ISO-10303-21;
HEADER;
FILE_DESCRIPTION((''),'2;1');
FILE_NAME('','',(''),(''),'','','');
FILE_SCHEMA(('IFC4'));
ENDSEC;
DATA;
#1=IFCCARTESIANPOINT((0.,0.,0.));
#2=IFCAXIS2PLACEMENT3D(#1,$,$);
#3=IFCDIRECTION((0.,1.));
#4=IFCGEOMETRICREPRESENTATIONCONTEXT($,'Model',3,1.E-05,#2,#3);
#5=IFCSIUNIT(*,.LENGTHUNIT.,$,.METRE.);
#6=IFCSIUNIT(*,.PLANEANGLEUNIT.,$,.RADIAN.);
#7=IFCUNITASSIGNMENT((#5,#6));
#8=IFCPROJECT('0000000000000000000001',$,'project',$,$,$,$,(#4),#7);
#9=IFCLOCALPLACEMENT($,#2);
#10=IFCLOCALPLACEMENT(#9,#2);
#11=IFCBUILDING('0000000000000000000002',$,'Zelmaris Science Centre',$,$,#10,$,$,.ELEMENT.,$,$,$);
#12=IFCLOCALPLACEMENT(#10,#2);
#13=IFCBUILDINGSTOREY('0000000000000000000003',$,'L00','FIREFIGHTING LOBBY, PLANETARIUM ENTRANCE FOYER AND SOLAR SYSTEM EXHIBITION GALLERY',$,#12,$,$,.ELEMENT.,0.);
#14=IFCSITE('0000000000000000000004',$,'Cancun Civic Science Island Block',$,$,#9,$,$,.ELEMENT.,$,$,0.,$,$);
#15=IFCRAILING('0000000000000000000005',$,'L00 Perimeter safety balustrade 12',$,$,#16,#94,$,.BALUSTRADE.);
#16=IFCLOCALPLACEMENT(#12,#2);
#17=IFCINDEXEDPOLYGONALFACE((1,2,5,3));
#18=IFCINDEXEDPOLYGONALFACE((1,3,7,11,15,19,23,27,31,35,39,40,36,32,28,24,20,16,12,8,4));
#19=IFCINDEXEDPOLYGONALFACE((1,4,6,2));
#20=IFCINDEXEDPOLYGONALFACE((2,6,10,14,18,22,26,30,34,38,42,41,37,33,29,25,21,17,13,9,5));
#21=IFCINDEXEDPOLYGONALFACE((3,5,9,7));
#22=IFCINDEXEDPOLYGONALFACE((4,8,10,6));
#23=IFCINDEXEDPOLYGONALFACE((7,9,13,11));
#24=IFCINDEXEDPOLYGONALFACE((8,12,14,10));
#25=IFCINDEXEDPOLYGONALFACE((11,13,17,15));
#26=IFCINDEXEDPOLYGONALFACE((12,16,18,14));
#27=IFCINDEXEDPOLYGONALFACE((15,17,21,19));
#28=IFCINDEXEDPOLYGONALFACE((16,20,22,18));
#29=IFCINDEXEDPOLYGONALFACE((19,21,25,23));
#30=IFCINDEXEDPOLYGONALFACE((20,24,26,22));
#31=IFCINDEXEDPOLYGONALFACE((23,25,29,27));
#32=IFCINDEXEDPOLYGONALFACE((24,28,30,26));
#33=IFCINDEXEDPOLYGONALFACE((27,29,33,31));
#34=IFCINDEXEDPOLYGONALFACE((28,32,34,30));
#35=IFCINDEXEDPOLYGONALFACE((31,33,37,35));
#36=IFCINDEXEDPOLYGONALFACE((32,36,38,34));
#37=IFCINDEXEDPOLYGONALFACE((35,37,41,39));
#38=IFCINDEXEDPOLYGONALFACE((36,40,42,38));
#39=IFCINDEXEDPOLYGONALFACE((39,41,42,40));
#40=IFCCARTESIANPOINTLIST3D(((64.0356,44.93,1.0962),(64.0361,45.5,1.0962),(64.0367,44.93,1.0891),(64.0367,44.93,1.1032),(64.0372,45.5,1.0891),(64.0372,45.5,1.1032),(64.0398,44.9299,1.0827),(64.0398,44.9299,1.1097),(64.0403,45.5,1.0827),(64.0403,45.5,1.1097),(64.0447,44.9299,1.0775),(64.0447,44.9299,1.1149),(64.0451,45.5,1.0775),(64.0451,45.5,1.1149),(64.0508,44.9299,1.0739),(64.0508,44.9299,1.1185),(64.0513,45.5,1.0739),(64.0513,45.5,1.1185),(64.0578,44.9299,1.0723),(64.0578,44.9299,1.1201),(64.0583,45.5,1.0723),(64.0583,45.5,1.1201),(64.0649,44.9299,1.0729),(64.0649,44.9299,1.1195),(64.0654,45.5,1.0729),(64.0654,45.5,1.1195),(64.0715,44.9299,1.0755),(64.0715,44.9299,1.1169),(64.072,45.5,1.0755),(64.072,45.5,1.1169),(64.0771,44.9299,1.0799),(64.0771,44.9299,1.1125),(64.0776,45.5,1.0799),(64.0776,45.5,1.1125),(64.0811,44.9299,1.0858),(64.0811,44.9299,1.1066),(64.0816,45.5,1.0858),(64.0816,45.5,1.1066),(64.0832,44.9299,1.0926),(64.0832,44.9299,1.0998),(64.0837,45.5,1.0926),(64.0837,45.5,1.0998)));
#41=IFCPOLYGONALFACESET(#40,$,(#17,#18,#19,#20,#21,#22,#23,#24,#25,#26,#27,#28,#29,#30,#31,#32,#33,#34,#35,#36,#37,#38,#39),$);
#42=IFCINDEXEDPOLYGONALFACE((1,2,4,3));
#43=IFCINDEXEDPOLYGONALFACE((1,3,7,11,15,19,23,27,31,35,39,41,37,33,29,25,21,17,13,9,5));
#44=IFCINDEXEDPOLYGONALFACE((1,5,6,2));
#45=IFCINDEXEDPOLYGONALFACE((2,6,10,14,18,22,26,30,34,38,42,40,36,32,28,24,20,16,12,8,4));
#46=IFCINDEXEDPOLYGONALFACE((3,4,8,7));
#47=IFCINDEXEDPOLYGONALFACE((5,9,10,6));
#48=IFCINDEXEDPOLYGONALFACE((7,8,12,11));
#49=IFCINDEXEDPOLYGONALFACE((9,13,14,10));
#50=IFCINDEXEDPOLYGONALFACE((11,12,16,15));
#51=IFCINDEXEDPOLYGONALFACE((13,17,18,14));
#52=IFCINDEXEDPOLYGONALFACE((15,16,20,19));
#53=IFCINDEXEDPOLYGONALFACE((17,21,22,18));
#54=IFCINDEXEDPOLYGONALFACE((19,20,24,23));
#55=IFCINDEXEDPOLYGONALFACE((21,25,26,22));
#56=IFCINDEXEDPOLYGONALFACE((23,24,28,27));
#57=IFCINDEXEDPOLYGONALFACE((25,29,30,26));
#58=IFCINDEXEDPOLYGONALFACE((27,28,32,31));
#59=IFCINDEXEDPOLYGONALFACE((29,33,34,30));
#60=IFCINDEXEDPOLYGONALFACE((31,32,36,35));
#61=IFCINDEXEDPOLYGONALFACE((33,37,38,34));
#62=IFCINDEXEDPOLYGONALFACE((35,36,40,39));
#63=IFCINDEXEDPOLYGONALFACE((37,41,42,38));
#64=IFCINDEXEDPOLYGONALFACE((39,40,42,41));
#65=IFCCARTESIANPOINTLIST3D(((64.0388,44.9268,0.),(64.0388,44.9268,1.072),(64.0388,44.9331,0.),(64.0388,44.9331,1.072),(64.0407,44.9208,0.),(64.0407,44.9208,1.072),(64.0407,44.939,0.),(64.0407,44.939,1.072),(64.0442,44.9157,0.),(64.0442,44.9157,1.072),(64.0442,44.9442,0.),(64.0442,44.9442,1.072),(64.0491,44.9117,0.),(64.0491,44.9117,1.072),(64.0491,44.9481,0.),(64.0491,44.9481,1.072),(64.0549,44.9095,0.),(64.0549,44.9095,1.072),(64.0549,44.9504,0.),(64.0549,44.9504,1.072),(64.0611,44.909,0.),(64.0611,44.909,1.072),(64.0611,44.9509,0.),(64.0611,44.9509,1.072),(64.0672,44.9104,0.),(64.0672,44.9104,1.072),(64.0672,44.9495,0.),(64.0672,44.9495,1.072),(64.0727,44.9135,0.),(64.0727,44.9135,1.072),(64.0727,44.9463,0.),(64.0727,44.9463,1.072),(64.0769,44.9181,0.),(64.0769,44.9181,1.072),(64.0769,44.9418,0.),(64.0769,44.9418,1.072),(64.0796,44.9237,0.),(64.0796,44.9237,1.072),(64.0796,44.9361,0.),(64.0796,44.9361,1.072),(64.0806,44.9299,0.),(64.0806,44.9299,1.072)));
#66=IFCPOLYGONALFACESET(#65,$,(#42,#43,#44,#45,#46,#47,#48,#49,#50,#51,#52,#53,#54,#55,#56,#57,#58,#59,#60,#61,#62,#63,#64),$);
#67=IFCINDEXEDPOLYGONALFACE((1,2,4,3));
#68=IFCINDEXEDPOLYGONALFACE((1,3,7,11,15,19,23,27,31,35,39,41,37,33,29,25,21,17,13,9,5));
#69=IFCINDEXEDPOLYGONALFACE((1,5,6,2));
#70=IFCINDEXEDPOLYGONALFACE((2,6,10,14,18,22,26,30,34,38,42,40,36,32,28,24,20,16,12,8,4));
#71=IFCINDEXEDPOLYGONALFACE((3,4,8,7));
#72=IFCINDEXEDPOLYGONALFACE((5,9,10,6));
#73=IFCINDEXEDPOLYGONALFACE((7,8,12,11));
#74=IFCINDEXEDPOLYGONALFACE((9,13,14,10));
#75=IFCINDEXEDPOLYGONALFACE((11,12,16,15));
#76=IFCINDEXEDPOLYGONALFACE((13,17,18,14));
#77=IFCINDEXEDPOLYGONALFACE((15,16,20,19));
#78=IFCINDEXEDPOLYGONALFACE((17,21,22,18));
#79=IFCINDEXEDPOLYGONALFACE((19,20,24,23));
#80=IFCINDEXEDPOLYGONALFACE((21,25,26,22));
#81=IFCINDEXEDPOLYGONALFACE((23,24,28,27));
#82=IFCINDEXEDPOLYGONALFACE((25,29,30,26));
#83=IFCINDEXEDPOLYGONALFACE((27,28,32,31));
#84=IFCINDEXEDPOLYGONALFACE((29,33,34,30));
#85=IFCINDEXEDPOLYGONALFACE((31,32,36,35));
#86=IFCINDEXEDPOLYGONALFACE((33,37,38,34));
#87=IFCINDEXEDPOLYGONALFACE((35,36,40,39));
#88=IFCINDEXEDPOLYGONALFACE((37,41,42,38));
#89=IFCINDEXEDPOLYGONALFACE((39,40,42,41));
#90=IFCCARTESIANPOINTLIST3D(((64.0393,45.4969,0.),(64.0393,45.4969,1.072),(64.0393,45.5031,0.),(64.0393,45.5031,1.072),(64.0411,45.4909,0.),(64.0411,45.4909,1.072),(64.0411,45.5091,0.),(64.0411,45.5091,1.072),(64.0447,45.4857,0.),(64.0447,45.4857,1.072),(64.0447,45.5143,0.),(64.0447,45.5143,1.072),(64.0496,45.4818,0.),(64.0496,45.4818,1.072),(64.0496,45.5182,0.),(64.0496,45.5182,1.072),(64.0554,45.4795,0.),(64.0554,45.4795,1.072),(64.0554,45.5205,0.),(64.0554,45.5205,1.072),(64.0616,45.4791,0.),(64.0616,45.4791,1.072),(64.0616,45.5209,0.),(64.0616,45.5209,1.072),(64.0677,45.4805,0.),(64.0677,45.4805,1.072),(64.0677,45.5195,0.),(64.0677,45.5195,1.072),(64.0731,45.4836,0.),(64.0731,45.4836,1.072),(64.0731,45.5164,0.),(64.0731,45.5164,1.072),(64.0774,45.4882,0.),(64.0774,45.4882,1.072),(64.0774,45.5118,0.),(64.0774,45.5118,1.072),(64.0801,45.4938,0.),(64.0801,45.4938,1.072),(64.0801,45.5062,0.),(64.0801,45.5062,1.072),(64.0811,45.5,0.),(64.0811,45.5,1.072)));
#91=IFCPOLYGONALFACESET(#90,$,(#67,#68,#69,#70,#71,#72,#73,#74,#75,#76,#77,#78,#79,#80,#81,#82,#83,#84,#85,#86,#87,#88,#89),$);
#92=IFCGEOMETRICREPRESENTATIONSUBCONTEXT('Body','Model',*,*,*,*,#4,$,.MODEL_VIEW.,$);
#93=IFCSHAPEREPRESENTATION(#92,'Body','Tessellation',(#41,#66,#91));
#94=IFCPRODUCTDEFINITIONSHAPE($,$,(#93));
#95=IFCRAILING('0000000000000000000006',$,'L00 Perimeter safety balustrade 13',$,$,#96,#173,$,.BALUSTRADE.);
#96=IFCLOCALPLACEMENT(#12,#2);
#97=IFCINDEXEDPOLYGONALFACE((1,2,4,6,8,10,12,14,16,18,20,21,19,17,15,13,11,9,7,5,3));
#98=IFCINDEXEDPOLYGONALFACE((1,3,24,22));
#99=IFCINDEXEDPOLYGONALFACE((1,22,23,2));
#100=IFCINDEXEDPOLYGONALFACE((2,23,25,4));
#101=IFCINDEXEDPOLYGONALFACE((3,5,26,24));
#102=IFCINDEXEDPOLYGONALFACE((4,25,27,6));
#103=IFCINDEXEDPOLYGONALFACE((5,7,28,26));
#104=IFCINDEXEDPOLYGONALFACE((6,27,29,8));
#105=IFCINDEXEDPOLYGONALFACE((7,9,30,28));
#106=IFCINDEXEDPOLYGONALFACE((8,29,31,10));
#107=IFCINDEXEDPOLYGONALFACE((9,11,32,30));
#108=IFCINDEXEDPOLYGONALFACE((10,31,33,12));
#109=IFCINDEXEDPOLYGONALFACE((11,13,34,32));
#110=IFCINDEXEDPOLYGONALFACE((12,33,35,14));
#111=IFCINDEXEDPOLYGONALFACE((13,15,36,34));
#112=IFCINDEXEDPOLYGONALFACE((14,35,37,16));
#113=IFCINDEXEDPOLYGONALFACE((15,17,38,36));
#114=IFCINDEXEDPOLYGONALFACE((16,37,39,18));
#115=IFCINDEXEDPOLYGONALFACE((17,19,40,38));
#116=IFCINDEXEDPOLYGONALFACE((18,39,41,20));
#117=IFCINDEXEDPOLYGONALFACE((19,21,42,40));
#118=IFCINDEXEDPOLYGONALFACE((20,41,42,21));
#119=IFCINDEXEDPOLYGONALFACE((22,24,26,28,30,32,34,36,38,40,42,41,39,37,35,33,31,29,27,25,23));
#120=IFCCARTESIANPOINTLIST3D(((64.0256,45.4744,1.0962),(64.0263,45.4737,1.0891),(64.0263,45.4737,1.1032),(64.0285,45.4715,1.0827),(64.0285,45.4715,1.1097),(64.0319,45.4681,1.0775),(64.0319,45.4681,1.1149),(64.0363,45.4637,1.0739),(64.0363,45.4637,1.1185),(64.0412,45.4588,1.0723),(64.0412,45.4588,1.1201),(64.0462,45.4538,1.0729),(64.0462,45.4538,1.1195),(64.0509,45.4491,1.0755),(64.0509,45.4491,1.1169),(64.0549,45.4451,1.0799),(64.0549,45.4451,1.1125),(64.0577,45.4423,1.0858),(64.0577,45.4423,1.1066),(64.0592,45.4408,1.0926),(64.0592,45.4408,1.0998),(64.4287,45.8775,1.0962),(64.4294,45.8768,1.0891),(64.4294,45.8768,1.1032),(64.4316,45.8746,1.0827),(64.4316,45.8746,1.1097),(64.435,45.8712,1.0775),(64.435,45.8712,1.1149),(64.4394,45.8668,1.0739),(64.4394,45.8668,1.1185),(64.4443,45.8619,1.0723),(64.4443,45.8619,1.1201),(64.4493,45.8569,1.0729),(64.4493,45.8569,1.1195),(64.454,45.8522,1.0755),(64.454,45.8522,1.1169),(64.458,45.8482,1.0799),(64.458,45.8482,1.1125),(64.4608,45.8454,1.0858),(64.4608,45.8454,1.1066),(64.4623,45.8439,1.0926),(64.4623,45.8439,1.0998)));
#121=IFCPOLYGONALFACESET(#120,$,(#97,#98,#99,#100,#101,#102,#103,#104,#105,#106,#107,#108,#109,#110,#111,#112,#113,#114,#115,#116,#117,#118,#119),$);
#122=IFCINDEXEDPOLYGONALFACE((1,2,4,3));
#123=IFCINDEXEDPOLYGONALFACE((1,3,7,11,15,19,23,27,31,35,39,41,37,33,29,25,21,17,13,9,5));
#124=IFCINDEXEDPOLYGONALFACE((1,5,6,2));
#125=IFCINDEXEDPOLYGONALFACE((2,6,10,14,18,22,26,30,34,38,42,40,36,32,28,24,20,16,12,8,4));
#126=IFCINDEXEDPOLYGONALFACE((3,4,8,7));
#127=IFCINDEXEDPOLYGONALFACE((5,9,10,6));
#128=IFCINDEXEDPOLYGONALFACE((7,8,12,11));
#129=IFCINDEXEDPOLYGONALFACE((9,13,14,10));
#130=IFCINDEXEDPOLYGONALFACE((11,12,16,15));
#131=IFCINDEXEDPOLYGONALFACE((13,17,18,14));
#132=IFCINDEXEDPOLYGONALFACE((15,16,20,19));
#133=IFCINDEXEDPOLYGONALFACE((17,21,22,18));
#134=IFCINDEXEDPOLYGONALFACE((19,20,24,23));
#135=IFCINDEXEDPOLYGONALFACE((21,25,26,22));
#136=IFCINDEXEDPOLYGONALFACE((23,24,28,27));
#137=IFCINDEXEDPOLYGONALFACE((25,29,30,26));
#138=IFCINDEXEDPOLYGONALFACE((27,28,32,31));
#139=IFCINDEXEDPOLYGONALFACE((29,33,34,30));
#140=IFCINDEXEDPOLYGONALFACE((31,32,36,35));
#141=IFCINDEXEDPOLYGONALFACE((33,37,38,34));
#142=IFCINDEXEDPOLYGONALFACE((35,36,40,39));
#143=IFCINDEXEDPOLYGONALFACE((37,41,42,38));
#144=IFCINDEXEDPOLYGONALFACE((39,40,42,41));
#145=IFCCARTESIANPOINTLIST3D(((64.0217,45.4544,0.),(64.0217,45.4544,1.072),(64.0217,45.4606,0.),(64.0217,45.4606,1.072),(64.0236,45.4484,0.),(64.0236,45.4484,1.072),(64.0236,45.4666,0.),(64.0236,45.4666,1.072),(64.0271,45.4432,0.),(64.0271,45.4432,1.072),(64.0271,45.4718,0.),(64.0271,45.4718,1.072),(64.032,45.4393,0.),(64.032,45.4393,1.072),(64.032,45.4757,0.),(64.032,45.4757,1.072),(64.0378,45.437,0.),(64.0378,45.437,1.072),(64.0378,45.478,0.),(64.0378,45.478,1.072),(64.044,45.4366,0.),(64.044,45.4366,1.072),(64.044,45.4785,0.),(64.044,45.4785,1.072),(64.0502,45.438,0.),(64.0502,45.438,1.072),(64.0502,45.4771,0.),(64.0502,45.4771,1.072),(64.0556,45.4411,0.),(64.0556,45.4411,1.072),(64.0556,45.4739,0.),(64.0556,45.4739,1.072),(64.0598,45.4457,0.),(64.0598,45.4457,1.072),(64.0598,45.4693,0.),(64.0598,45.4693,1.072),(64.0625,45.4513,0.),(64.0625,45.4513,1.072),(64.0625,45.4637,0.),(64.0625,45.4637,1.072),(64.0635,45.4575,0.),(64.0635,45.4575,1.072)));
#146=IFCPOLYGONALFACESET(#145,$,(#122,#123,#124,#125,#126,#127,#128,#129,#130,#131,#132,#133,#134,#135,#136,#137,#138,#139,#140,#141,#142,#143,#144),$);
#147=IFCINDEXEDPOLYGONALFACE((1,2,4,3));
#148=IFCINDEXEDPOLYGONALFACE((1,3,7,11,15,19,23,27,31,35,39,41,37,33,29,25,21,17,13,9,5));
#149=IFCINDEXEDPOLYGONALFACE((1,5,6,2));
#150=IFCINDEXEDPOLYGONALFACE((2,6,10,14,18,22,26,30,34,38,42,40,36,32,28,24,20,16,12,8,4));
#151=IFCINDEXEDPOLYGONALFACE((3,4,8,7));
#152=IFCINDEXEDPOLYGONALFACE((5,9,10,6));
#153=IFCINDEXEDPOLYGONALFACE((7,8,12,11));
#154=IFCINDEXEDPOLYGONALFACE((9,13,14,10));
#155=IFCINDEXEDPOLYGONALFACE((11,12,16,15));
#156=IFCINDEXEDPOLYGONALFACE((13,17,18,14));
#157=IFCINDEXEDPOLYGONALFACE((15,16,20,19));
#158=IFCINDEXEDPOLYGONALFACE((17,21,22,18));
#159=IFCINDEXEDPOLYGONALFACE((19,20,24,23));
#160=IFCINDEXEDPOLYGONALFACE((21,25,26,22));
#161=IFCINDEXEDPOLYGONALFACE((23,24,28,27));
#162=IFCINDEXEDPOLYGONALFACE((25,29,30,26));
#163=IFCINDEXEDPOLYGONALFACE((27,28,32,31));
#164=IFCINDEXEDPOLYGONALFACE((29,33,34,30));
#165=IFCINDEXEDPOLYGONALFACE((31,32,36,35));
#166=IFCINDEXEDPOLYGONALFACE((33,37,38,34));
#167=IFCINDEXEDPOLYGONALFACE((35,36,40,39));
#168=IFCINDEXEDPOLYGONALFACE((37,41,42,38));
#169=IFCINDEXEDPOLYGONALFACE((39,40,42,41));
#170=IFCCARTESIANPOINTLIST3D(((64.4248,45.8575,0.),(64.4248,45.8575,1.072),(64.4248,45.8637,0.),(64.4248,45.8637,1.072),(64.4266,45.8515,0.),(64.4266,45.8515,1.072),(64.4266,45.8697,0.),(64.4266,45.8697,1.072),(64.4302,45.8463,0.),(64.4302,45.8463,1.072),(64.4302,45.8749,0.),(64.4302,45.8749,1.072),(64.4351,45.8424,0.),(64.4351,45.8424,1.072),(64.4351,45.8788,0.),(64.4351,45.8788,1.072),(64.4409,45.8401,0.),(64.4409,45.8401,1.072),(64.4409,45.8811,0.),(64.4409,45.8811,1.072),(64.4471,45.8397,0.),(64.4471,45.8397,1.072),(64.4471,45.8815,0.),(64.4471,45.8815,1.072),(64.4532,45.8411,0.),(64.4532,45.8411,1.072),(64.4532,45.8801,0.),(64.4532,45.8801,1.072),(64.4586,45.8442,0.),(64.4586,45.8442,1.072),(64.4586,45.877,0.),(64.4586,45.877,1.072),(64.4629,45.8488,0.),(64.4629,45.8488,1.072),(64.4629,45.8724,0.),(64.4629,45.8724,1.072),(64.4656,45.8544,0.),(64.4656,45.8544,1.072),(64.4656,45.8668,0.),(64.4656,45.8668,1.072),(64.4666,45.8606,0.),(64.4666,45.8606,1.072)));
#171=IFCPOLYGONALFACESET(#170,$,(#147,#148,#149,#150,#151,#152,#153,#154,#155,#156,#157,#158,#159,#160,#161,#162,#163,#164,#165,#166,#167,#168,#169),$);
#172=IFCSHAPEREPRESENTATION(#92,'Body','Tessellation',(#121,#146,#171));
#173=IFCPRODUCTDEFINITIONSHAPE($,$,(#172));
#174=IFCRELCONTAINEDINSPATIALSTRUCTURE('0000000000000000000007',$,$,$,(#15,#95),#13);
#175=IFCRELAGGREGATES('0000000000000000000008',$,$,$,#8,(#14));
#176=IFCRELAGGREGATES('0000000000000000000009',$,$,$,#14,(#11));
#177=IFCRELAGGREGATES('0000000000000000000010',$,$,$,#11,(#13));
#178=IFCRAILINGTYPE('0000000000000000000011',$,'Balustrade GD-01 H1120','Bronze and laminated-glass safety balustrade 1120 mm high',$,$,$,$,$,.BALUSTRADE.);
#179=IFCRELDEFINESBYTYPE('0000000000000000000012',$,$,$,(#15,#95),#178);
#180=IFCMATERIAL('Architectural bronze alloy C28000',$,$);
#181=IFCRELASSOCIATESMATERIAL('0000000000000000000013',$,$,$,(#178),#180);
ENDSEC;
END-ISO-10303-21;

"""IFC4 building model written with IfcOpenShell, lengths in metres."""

from ifc_helpers import new_model, si_unit, direction, frame, origin, origin_2d, place, context, subcontext, project, spatial, circle, extrude, material, type_object, element, save


model = new_model("IFC4")

# Units and contexts
model_context = context("Model", 3, precision=1e-05, world=origin(), true_north=direction((0.0, 1.0)))
body_context = subcontext(model_context, "Body", "Model", "MODEL_VIEW")
ifc_project = project(units=[si_unit("LENGTHUNIT", "METRE"), si_unit("PLANEANGLEUNIT", "RADIAN")], contexts=[model_context])

# Site, building, storey
site_placement = place(None, origin())
site = spatial("IfcSite", under=ifc_project, at=site_placement, Name="Cancun Civic Science Island Block", CompositionType="ELEMENT", RefElevation=0.0)
building_placement = place(site_placement, origin())
building = spatial("IfcBuilding", under=site, at=building_placement, Name="Zelmaris Science Centre", CompositionType="ELEMENT")
storey_placement = place(building_placement, origin())
storey = spatial("IfcBuildingStorey", under=building, at=storey_placement, Name="L00", Description="FIREFIGHTING LOBBY, PLANETARIUM ENTRANCE FOYER AND SOLAR SYSTEM EXHIBITION GALLERY", CompositionType="ELEMENT", Elevation=0.0)

# Railings
ifc_material_1 = material(Name="Architectural bronze alloy C28000")
railing_type = type_object("IfcRailingType", Name="Balustrade GD-01 H1120", Description="Bronze and laminated-glass safety balustrade 1120 mm high", PredefinedType="BALUSTRADE", material=ifc_material_1)
railing_1_placement = place(storey_placement, frame((64.0596, 44.9299, 0.0)))
element("IfcRailing", 1, at=railing_1_placement, inside=storey, type_object=railing_type, Name="L00 Perimeter safety balustrade 12", PredefinedType="BALUSTRADE", context=body_context, shape_type="SweptSolid", body=[
    extrude(circle(Radius=0.0239, at=origin_2d()), frame((0.0, 0.0, 1.0962), z_axis=(0.000857, 1.0, 0.0), x_axis=(-1.0, 0.000857, 0.0)), (0.0, 0.0, 1.0), 0.5701),
    extrude(circle(Radius=0.021, at=origin_2d()), origin(), (0.0, 0.0, 1.0), 1.072),
    extrude(circle(Radius=0.021, at=origin_2d()), frame((0.0005, 0.5701, 0.0)), (0.0, 0.0, 1.0), 1.072),
])
railing_2_placement = place(storey_placement, frame((64.0425, 45.4575, 0.0)))
element("IfcRailing", 2, at=railing_2_placement, inside=storey, type_object=railing_type, Name="L00 Perimeter safety balustrade 13", PredefinedType="BALUSTRADE", context=body_context, shape_type="SweptSolid", body=[
    extrude(circle(Radius=0.0239, at=origin_2d()), frame((0.0, 0.0, 1.0962), z_axis=(0.707107, 0.707107, 0.0), x_axis=(-0.707107, 0.707107, 0.0)), (0.0, 0.0, 1.0), 0.5701),
    extrude(circle(Radius=0.021, at=origin_2d()), origin(), (0.0, 0.0, 1.0), 1.072),
    extrude(circle(Radius=0.021, at=origin_2d()), frame((0.4031, 0.4031, 0.0)), (0.0, 0.0, 1.0), 1.072),
])

save(model, "model.ifc")
